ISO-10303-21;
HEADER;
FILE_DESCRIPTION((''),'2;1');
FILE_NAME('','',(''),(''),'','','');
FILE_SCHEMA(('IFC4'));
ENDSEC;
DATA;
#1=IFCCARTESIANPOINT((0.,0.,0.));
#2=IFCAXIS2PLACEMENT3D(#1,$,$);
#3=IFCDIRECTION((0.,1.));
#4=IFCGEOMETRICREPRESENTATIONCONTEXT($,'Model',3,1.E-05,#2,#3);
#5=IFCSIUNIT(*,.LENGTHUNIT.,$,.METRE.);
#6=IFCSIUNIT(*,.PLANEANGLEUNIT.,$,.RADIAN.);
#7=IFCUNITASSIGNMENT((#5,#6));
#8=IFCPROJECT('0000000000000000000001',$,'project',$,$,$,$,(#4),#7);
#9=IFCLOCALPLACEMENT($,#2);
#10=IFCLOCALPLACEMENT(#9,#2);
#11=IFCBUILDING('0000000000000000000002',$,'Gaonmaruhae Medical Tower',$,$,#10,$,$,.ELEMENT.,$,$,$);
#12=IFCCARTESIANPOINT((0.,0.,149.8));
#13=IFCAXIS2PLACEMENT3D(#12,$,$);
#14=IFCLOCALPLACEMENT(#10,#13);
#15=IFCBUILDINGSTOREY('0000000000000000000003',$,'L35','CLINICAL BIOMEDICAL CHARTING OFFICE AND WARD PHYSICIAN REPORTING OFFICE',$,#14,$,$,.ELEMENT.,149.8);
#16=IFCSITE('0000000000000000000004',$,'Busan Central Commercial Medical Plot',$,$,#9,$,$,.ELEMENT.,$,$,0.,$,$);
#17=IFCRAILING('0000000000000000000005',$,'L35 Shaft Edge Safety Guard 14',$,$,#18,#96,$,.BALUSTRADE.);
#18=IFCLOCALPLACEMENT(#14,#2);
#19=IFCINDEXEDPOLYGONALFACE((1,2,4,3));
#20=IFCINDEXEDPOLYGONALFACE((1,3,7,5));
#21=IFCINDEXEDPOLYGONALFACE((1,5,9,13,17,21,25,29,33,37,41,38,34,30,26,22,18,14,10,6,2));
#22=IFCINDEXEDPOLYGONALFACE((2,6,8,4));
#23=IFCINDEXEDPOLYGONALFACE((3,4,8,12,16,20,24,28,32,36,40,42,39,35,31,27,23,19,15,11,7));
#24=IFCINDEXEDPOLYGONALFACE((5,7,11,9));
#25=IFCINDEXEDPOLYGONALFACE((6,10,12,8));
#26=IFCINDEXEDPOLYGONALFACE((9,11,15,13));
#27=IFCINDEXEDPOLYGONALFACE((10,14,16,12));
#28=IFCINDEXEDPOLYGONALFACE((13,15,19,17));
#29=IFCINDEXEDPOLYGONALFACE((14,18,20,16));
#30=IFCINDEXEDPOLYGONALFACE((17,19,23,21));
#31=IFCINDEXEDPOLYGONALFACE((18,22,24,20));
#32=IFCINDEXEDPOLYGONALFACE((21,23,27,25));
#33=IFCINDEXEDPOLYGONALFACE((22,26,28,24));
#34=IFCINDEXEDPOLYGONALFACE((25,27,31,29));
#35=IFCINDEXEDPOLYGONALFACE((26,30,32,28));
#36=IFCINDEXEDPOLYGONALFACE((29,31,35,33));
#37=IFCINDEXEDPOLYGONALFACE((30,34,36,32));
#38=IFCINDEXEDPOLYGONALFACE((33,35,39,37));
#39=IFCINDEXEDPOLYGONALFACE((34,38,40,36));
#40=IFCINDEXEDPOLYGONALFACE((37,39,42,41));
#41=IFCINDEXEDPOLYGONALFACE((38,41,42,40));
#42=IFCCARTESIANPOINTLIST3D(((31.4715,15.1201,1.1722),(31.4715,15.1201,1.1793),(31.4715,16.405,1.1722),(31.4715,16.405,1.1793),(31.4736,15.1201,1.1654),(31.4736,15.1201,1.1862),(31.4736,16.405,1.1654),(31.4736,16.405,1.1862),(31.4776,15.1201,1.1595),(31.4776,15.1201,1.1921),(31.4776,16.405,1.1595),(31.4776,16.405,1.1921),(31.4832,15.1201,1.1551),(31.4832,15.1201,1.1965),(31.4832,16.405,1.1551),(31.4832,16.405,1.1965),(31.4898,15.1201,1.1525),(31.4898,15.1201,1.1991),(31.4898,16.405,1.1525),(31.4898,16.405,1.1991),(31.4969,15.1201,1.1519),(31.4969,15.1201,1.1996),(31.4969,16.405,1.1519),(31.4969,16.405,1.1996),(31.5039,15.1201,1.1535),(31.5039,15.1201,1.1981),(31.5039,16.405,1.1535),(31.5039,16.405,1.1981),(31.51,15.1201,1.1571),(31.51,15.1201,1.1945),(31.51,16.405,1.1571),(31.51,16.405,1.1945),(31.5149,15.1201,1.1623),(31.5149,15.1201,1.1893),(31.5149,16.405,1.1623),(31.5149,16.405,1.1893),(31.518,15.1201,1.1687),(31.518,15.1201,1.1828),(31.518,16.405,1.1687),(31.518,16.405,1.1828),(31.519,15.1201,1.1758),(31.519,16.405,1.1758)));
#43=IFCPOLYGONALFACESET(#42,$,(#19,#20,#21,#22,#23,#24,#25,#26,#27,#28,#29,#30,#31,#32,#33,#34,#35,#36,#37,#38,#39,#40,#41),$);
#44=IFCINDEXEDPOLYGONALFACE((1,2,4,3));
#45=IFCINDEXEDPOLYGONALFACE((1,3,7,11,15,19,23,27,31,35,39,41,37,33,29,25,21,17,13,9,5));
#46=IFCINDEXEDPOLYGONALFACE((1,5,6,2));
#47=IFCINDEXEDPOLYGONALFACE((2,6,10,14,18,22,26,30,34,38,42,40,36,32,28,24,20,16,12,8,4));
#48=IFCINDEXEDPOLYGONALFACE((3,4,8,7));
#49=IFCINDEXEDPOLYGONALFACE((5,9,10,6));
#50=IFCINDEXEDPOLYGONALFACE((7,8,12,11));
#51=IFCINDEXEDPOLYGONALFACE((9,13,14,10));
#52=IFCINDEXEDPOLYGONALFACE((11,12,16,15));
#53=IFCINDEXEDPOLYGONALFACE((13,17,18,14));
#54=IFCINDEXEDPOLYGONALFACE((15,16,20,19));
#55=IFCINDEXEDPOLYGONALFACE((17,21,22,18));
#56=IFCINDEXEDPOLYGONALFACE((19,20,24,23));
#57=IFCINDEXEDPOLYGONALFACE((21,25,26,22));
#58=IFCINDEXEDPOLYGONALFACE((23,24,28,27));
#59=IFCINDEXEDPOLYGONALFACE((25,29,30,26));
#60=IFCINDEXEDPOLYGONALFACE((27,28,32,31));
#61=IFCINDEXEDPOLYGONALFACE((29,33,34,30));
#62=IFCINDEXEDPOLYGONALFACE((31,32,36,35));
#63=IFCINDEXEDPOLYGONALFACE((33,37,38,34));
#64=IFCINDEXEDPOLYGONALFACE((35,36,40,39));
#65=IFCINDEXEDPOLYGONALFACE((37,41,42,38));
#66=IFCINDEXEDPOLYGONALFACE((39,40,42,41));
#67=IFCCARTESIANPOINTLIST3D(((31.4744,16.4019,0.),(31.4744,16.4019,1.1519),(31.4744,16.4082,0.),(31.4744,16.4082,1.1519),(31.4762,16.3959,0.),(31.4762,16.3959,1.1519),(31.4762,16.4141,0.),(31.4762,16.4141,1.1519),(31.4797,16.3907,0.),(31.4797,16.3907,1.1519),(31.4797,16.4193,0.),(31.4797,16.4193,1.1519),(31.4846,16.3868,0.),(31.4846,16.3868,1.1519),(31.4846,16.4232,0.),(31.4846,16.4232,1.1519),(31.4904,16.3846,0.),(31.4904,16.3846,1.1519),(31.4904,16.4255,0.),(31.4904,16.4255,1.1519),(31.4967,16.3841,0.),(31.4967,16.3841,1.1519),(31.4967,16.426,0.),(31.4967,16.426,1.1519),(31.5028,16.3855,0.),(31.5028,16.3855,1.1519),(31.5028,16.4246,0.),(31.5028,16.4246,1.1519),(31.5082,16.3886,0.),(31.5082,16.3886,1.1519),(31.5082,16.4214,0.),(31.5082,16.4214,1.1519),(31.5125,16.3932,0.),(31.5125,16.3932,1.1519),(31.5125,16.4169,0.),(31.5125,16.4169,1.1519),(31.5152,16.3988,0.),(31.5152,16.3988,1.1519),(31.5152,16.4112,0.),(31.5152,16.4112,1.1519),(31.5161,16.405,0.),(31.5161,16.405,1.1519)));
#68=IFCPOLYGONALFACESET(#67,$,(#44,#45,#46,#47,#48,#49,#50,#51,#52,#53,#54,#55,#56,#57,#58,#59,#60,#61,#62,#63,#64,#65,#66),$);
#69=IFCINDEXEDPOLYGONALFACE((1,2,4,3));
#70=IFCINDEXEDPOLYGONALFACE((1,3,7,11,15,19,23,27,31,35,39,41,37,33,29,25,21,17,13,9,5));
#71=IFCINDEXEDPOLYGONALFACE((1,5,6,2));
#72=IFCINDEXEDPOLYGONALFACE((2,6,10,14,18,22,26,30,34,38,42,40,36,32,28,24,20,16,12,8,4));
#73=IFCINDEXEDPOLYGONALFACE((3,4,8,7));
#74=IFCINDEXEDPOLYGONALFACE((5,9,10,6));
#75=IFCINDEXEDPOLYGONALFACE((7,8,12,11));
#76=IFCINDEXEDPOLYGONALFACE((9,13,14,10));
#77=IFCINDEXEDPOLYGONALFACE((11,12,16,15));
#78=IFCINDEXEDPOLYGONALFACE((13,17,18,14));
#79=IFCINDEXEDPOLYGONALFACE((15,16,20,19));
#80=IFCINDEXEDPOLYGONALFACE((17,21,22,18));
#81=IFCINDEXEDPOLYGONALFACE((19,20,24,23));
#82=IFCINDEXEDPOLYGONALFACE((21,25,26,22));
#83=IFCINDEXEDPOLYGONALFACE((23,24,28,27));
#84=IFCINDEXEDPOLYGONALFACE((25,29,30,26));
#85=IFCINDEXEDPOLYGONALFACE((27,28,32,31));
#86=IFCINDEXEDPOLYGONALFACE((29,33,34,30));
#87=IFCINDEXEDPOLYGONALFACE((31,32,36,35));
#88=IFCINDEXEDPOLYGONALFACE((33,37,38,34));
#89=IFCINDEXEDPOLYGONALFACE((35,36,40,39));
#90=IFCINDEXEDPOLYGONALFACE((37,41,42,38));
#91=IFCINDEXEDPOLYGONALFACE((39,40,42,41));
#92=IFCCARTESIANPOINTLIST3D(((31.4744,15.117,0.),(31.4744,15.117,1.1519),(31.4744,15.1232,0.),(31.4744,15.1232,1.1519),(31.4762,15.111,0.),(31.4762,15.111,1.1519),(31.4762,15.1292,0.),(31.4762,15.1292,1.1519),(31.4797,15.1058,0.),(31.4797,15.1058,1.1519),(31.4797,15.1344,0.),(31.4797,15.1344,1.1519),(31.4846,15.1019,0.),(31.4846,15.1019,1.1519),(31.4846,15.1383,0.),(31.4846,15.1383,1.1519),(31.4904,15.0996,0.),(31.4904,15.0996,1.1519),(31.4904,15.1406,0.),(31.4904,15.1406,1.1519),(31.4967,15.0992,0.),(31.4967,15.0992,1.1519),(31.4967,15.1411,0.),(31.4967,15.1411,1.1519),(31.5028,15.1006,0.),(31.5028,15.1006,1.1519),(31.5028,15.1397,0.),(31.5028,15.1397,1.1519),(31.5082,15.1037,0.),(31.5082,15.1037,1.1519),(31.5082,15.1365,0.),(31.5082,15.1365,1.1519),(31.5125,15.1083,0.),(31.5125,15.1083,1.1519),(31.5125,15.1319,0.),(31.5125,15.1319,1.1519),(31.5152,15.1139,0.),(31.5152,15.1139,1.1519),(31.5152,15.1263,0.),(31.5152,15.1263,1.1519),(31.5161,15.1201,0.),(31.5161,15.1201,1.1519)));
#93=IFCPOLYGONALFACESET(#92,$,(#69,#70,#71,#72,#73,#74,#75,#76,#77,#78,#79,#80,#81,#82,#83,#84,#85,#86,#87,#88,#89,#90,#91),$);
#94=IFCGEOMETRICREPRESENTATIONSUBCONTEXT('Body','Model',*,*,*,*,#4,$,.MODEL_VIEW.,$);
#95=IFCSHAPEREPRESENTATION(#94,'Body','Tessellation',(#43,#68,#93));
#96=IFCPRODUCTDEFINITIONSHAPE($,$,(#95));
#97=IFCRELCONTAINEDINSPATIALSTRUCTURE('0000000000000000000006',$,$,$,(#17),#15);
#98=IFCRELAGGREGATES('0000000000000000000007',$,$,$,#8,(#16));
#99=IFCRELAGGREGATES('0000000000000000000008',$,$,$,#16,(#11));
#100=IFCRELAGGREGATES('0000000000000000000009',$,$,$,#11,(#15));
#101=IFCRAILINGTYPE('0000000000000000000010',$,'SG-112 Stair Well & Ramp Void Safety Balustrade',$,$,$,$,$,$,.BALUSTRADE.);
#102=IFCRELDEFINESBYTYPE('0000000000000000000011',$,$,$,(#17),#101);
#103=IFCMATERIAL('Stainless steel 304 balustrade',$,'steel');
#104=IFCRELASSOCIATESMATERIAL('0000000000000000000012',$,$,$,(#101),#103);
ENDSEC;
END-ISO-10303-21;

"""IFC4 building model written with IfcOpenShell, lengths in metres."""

from ifc_helpers import new_model, si_unit, direction, frame, origin, origin_2d, place, context, subcontext, project, spatial, circle, extrude, material, type_object, element, save


model = new_model("IFC4")

# Units and contexts
model_context = context("Model", 3, precision=1e-05, world=origin(), true_north=direction((0.0, 1.0)))
body_context = subcontext(model_context, "Body", "Model", "MODEL_VIEW")
ifc_project = project(units=[si_unit("LENGTHUNIT", "METRE"), si_unit("PLANEANGLEUNIT", "RADIAN")], contexts=[model_context])

# Site, building, storey
site_placement = place(None, origin())
site = spatial("IfcSite", under=ifc_project, at=site_placement, Name="Busan Central Commercial Medical Plot", CompositionType="ELEMENT", RefElevation=0.0)
building_placement = place(site_placement, origin())
building = spatial("IfcBuilding", under=site, at=building_placement, Name="Gaonmaruhae Medical Tower", CompositionType="ELEMENT")
storey_placement = place(building_placement, frame((0.0, 0.0, 149.8)))
storey = spatial("IfcBuildingStorey", under=building, at=storey_placement, Name="L35", Description="CLINICAL BIOMEDICAL CHARTING OFFICE AND WARD PHYSICIAN REPORTING OFFICE", CompositionType="ELEMENT", Elevation=149.8)

# Railing
ifc_material_1 = material(Name="Stainless steel 304 balustrade", Category="steel")
railing_type = type_object("IfcRailingType", Name="SG-112 Stair Well & Ramp Void Safety Balustrade", PredefinedType="BALUSTRADE", material=ifc_material_1)
railing_placement = place(storey_placement, frame((31.4951, 16.405, 0.0)))
element("IfcRailing", 1, at=railing_placement, inside=storey, type_object=railing_type, Name="L35 Shaft Edge Safety Guard 14", PredefinedType="BALUSTRADE", context=body_context, shape_type="SweptSolid", body=[
    extrude(circle(Radius=0.0239, at=origin_2d()), frame((0.0, 0.0, 1.1758), z_axis=(0.0, -1.0, 0.0), x_axis=(1.0, 0.0, 0.0)), (0.0, 0.0, 1.0), 1.2849),
    extrude(circle(Radius=0.021, at=origin_2d()), origin(), (0.0, 0.0, 1.0), 1.1519),
    extrude(circle(Radius=0.021, at=origin_2d()), frame((0.0, -1.2849, 0.0)), (0.0, 0.0, 1.0), 1.1519),
])

save(model, "model.ifc")
